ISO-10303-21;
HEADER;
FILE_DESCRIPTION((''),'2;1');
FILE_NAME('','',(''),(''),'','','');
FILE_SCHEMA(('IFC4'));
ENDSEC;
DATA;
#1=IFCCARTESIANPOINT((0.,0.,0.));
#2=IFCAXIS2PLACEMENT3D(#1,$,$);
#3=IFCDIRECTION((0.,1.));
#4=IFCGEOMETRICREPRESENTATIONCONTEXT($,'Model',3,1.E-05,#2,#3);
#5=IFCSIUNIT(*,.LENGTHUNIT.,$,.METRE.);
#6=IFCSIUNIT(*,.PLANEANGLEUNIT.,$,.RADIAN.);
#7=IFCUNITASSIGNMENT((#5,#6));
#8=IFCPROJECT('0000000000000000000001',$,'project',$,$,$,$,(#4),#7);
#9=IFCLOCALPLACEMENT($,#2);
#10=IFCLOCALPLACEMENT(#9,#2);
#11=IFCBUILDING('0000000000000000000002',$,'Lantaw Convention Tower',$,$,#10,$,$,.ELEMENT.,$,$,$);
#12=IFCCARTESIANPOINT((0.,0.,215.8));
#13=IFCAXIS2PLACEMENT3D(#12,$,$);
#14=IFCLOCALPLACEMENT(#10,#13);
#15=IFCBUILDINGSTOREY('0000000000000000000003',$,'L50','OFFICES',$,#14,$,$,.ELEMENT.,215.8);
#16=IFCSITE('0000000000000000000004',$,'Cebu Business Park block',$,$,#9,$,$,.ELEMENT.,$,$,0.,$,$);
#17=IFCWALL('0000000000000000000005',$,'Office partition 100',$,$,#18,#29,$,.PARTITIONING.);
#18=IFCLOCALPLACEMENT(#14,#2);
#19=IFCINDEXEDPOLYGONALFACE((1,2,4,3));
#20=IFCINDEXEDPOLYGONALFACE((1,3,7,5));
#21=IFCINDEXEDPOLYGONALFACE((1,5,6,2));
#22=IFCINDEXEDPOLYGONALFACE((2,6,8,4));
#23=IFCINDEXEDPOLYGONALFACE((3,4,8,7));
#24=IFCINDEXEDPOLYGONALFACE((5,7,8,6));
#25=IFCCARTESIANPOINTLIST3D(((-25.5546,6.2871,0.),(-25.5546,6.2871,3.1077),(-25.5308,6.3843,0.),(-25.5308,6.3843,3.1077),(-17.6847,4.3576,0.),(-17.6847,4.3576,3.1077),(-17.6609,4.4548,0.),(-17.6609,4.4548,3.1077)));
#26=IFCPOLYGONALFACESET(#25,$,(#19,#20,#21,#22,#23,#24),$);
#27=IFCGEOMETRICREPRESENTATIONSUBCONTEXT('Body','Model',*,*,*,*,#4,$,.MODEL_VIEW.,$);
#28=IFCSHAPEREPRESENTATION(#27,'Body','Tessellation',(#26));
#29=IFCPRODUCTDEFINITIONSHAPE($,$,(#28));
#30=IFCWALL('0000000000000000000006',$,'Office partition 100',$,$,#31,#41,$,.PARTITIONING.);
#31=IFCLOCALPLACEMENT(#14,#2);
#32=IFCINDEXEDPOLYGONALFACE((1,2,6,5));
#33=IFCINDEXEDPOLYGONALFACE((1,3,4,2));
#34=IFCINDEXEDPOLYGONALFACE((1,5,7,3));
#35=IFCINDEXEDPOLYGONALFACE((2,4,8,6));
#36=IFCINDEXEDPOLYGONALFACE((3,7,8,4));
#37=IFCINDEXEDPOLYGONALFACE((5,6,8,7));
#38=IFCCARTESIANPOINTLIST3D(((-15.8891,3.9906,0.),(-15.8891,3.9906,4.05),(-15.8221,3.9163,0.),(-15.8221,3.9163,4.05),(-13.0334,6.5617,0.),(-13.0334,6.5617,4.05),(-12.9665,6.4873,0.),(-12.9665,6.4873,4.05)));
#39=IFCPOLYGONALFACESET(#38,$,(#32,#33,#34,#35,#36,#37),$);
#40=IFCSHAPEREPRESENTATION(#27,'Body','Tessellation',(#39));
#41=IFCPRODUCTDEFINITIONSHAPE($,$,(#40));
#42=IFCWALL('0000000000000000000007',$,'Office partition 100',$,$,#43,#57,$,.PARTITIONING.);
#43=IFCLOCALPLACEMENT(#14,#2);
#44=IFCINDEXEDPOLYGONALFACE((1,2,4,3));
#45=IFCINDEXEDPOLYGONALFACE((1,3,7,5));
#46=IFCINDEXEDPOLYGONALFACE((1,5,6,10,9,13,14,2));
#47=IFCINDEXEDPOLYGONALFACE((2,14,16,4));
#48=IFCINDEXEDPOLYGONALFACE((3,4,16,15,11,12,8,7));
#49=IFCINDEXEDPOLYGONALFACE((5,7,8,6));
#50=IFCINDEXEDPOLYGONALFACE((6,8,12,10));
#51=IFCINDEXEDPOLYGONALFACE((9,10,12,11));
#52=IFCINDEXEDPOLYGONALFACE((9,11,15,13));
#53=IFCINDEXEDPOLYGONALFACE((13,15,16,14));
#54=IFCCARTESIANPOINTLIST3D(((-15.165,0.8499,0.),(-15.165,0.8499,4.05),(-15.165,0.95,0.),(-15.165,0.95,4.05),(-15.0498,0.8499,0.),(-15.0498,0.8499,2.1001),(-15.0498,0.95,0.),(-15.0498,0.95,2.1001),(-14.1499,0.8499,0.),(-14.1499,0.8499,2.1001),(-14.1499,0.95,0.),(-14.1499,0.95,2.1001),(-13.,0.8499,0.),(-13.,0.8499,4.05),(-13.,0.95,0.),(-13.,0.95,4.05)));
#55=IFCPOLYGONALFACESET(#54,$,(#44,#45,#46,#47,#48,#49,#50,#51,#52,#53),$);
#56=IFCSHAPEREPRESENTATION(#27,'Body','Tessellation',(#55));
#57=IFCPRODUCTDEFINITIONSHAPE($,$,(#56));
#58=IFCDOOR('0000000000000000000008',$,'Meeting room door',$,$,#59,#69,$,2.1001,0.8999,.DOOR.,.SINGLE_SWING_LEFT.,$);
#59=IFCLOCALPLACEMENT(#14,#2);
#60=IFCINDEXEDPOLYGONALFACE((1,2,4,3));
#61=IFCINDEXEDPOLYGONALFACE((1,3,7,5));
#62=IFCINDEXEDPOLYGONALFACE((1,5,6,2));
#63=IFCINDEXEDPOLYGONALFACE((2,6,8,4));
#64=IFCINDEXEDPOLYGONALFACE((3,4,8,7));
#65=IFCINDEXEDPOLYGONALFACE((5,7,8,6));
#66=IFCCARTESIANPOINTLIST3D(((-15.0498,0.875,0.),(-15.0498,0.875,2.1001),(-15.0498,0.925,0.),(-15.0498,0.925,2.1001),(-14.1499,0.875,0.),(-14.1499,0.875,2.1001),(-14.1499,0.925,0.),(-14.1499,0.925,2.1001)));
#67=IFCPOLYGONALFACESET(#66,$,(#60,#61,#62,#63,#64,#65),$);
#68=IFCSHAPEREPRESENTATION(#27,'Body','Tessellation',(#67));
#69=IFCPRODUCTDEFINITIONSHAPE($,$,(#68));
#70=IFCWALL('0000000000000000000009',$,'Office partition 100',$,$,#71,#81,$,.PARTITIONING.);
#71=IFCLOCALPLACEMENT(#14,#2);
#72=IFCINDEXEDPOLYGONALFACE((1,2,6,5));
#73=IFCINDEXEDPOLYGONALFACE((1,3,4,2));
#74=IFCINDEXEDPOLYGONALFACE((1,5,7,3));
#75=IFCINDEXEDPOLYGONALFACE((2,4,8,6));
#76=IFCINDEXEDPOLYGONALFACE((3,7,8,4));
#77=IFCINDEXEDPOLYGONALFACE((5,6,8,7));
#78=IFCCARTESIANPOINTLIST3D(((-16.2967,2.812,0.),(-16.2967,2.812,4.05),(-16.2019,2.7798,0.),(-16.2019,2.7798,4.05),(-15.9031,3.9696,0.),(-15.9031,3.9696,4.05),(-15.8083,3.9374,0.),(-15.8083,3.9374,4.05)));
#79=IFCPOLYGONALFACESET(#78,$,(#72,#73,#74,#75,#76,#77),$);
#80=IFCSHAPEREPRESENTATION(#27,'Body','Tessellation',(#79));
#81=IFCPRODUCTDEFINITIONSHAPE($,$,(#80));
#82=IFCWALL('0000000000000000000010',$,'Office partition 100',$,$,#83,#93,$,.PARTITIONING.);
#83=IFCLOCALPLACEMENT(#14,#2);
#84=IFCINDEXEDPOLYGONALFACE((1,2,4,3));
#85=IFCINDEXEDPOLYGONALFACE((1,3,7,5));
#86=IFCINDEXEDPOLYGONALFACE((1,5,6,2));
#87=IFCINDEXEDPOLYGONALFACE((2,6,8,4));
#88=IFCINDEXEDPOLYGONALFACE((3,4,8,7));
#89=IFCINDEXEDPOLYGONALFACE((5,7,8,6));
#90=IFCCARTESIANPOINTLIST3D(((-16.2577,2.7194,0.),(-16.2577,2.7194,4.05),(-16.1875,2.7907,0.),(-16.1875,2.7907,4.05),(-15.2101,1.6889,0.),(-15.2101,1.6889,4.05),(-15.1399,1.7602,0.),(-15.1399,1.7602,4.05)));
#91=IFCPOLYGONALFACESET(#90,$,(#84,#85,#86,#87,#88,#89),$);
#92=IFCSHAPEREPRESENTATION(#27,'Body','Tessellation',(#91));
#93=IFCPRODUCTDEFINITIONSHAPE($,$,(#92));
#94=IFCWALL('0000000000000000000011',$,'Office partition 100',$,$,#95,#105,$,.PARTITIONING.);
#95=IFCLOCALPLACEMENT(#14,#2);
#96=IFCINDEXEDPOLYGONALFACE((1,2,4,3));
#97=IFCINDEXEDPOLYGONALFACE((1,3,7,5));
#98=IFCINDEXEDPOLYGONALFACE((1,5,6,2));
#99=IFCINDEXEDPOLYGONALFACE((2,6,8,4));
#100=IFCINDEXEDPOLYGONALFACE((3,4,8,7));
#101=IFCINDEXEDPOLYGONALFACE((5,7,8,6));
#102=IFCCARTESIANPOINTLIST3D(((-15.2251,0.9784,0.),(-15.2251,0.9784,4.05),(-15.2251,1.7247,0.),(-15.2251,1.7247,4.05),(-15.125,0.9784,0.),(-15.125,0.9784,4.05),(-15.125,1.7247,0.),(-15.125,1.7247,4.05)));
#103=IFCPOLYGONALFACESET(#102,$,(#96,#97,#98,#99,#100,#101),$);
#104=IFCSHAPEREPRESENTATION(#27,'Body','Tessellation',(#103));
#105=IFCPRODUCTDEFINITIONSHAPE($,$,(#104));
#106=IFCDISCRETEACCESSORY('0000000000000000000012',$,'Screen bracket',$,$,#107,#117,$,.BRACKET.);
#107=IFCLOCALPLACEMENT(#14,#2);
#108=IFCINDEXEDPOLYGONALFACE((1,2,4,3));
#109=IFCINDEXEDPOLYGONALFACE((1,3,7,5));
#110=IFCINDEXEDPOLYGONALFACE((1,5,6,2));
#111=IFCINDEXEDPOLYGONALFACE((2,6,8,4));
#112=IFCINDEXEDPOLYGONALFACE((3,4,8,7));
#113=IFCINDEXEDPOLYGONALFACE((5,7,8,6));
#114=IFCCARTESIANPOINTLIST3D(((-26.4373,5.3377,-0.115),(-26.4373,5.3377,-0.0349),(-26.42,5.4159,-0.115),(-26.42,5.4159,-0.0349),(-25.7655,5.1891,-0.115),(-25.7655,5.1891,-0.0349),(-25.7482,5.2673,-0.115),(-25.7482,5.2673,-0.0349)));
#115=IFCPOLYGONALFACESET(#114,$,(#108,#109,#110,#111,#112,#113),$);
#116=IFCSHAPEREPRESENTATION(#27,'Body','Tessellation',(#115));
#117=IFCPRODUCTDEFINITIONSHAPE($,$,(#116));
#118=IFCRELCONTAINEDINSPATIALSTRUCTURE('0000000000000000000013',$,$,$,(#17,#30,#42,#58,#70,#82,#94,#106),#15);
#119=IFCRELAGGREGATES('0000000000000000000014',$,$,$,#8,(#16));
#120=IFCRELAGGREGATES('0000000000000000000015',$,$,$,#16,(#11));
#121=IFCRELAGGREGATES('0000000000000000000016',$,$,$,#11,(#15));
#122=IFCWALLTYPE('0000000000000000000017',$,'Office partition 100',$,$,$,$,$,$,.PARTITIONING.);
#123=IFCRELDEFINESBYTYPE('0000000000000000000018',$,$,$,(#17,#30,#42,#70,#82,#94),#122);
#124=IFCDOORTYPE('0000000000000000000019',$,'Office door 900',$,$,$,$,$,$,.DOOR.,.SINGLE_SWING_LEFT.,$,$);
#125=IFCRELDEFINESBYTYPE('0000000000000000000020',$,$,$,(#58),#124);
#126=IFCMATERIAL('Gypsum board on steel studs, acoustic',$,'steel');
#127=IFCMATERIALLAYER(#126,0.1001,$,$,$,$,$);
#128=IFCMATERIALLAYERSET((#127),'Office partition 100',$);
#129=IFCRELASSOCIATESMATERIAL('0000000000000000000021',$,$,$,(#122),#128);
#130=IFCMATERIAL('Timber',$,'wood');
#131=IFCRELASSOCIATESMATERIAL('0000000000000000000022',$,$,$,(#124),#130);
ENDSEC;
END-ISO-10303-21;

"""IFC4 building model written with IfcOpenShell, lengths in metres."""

from ifc_helpers import new_model, si_unit, direction, frame, frame_2d, origin, origin_2d, place, context, subcontext, project, spatial, rectangle, extrude, material, layer, layer_set, type_object, element, fill, save


model = new_model("IFC4")

# Units and contexts
model_context = context("Model", 3, precision=1e-05, world=origin(), true_north=direction((0.0, 1.0)))
body_context = subcontext(model_context, "Body", "Model", "MODEL_VIEW")
ifc_project = project(units=[si_unit("LENGTHUNIT", "METRE"), si_unit("PLANEANGLEUNIT", "RADIAN")], contexts=[model_context])

# Site, building, storey
site_placement = place(None, origin())
site = spatial("IfcSite", under=ifc_project, at=site_placement, Name="Cebu Business Park block", CompositionType="ELEMENT", RefElevation=0.0)
building_placement = place(site_placement, origin())
building = spatial("IfcBuilding", under=site, at=building_placement, Name="Lantaw Convention Tower", CompositionType="ELEMENT")
storey_placement = place(building_placement, frame((0.0, 0.0, 215.8)))
storey = spatial("IfcBuildingStorey", under=building, at=storey_placement, Name="L50", Description="OFFICES", CompositionType="ELEMENT", Elevation=215.8)

# Walls
ifc_material_1 = material(Name="Gypsum board on steel studs, acoustic", Category="steel")
ifc_layer_1 = layer(ifc_material_1, 0.1001)
ifc_layer_set_1 = layer_set([ifc_layer_1], Name="Office partition 100")
wall_type_1 = type_object("IfcWallType", Name="Office partition 100", PredefinedType="PARTITIONING", material=ifc_layer_set_1)
wall_1_placement = place(storey_placement, frame((-25.5427, 6.3357, 0.0), z_axis=(0.0, 0.0, 1.0), x_axis=(0.971237, -0.238116, 0.0)))
element("IfcWall", 1, at=wall_1_placement, inside=storey, type_object=wall_type_1, Name="Office partition 100", PredefinedType="PARTITIONING", context=body_context, shape_type="SweptSolid", body=[
    extrude(rectangle(XDim=8.103, YDim=0.1001, at=frame_2d((4.0515, 0.0))), origin(), (0.0, 0.0, 1.0), 3.1077),
])
wall_2_placement = place(storey_placement, frame((-15.8557, 3.9534, 0.0), z_axis=(0.0, 0.0, 1.0), x_axis=(0.743177, 0.669095, 0.0)))
element("IfcWall", 2, at=wall_2_placement, inside=storey, type_object=wall_type_1, Name="Office partition 100", PredefinedType="PARTITIONING", context=body_context, shape_type="SweptSolid", body=[
    extrude(rectangle(XDim=3.8425, YDim=0.1001, at=frame_2d((1.9214, 0.0))), origin(), (0.0, 0.0, 1.0), 4.05),
])

# Wall, opening, door
wall_3_placement = place(storey_placement, frame((-13.0, 0.8999, 0.0), z_axis=(0.0, 0.0, 1.0), x_axis=(-1.0, 0.0, 0.0)))
wall_3 = element("IfcWall", 3, at=wall_3_placement, inside=storey, type_object=wall_type_1, Name="Office partition 100", PredefinedType="PARTITIONING", context=body_context, shape_type="SweptSolid", body=[
    extrude(rectangle(XDim=2.165, YDim=0.1001, at=frame_2d((1.0825, 0.0))), origin(), (0.0, 0.0, 1.0), 4.05),
])
opening_1_placement = place(wall_3_placement, frame((1.1499, 0.0, 0.0)))
opening_1 = element("IfcOpeningElement", 4, at=opening_1_placement, cuts=wall_3, PredefinedType="OPENING", context=body_context, shape_type="SweptSolid", body=[
    extrude(rectangle(XDim=0.8999, YDim=2.1001, at=frame_2d((0.45, 1.05))), frame((0.0, 0.0601, 0.0), z_axis=(0.0, -1.0, 0.0), x_axis=(1.0, 0.0, 0.0)), (0.0, 0.0, 1.0), 0.1201),
])
ifc_material_2 = material(Name="Timber", Category="wood")
door_type_1 = type_object("IfcDoorType", Name="Office door 900", OperationType="SINGLE_SWING_LEFT", PredefinedType="DOOR", material=ifc_material_2)
door_1_placement = place(opening_1_placement, origin())
door_1 = element("IfcDoor", 5, at=door_1_placement, inside=storey, type_object=door_type_1, Name="Meeting room door", OperationType="SINGLE_SWING_LEFT", OverallHeight=2.1001, OverallWidth=0.8999, PredefinedType="DOOR", context=body_context, shape_type="SweptSolid", body=[
    extrude(rectangle(XDim=0.8999, YDim=2.1001, at=frame_2d((0.45, 1.05))), frame((0.0, 0.0249, 0.0), z_axis=(0.0, -1.0, 0.0), x_axis=(1.0, 0.0, 0.0)), (0.0, 0.0, 1.0), 0.05),
])
fill(opening_1, door_1)

# Walls
wall_4_placement = place(storey_placement, frame((-16.2493, 2.7959, 0.0), z_axis=(0.0, 0.0, 1.0), x_axis=(0.321913, 0.946769, 0.0)))
element("IfcWall", 6, at=wall_4_placement, inside=storey, type_object=wall_type_1, Name="Office partition 100", PredefinedType="PARTITIONING", context=body_context, shape_type="SweptSolid", body=[
    extrude(rectangle(XDim=1.2227, YDim=0.1001, at=frame_2d((0.6113, 0.0))), origin(), (0.0, 0.0, 1.0), 4.05),
])
wall_5_placement = place(storey_placement, frame((-16.2227, 2.7551, 0.0), z_axis=(0.0, 0.0, 1.0), x_axis=(0.712898, -0.701268, 0.0)))
element("IfcWall", 7, at=wall_5_placement, inside=storey, type_object=wall_type_1, Name="Office partition 100", PredefinedType="PARTITIONING", context=body_context, shape_type="SweptSolid", body=[
    extrude(rectangle(XDim=1.4695, YDim=0.1001, at=frame_2d((0.7349, 0.0))), origin(), (0.0, 0.0, 1.0), 4.05),
])
wall_6_placement = place(storey_placement, frame((-15.175, 1.7246, 0.0), z_axis=(0.0, 0.0, 1.0), x_axis=(0.0, -1.0, 0.0)))
element("IfcWall", 8, at=wall_6_placement, inside=storey, type_object=wall_type_1, Name="Office partition 100", PredefinedType="PARTITIONING", context=body_context, shape_type="SweptSolid", body=[
    extrude(rectangle(XDim=0.7463, YDim=0.1001, at=frame_2d((0.373, 0.0))), origin(), (0.0, 0.0, 1.0), 4.05),
])

# Discrete accessory
discrete_accessory_placement = place(storey_placement, frame((-26.0928, 5.3025, -0.115), z_axis=(0.0, 0.0, 1.0), x_axis=(-0.215891, -0.976417, 0.0)))
element("IfcDiscreteAccessory", 9, at=discrete_accessory_placement, inside=storey, Name="Screen bracket", PredefinedType="BRACKET", context=body_context, shape_type="SweptSolid", body=[
    extrude(rectangle(XDim=0.0801, YDim=0.688, at=origin_2d()), origin(), (0.0, 0.0, 1.0), 0.0801),
])

save(model, "model.ifc")
